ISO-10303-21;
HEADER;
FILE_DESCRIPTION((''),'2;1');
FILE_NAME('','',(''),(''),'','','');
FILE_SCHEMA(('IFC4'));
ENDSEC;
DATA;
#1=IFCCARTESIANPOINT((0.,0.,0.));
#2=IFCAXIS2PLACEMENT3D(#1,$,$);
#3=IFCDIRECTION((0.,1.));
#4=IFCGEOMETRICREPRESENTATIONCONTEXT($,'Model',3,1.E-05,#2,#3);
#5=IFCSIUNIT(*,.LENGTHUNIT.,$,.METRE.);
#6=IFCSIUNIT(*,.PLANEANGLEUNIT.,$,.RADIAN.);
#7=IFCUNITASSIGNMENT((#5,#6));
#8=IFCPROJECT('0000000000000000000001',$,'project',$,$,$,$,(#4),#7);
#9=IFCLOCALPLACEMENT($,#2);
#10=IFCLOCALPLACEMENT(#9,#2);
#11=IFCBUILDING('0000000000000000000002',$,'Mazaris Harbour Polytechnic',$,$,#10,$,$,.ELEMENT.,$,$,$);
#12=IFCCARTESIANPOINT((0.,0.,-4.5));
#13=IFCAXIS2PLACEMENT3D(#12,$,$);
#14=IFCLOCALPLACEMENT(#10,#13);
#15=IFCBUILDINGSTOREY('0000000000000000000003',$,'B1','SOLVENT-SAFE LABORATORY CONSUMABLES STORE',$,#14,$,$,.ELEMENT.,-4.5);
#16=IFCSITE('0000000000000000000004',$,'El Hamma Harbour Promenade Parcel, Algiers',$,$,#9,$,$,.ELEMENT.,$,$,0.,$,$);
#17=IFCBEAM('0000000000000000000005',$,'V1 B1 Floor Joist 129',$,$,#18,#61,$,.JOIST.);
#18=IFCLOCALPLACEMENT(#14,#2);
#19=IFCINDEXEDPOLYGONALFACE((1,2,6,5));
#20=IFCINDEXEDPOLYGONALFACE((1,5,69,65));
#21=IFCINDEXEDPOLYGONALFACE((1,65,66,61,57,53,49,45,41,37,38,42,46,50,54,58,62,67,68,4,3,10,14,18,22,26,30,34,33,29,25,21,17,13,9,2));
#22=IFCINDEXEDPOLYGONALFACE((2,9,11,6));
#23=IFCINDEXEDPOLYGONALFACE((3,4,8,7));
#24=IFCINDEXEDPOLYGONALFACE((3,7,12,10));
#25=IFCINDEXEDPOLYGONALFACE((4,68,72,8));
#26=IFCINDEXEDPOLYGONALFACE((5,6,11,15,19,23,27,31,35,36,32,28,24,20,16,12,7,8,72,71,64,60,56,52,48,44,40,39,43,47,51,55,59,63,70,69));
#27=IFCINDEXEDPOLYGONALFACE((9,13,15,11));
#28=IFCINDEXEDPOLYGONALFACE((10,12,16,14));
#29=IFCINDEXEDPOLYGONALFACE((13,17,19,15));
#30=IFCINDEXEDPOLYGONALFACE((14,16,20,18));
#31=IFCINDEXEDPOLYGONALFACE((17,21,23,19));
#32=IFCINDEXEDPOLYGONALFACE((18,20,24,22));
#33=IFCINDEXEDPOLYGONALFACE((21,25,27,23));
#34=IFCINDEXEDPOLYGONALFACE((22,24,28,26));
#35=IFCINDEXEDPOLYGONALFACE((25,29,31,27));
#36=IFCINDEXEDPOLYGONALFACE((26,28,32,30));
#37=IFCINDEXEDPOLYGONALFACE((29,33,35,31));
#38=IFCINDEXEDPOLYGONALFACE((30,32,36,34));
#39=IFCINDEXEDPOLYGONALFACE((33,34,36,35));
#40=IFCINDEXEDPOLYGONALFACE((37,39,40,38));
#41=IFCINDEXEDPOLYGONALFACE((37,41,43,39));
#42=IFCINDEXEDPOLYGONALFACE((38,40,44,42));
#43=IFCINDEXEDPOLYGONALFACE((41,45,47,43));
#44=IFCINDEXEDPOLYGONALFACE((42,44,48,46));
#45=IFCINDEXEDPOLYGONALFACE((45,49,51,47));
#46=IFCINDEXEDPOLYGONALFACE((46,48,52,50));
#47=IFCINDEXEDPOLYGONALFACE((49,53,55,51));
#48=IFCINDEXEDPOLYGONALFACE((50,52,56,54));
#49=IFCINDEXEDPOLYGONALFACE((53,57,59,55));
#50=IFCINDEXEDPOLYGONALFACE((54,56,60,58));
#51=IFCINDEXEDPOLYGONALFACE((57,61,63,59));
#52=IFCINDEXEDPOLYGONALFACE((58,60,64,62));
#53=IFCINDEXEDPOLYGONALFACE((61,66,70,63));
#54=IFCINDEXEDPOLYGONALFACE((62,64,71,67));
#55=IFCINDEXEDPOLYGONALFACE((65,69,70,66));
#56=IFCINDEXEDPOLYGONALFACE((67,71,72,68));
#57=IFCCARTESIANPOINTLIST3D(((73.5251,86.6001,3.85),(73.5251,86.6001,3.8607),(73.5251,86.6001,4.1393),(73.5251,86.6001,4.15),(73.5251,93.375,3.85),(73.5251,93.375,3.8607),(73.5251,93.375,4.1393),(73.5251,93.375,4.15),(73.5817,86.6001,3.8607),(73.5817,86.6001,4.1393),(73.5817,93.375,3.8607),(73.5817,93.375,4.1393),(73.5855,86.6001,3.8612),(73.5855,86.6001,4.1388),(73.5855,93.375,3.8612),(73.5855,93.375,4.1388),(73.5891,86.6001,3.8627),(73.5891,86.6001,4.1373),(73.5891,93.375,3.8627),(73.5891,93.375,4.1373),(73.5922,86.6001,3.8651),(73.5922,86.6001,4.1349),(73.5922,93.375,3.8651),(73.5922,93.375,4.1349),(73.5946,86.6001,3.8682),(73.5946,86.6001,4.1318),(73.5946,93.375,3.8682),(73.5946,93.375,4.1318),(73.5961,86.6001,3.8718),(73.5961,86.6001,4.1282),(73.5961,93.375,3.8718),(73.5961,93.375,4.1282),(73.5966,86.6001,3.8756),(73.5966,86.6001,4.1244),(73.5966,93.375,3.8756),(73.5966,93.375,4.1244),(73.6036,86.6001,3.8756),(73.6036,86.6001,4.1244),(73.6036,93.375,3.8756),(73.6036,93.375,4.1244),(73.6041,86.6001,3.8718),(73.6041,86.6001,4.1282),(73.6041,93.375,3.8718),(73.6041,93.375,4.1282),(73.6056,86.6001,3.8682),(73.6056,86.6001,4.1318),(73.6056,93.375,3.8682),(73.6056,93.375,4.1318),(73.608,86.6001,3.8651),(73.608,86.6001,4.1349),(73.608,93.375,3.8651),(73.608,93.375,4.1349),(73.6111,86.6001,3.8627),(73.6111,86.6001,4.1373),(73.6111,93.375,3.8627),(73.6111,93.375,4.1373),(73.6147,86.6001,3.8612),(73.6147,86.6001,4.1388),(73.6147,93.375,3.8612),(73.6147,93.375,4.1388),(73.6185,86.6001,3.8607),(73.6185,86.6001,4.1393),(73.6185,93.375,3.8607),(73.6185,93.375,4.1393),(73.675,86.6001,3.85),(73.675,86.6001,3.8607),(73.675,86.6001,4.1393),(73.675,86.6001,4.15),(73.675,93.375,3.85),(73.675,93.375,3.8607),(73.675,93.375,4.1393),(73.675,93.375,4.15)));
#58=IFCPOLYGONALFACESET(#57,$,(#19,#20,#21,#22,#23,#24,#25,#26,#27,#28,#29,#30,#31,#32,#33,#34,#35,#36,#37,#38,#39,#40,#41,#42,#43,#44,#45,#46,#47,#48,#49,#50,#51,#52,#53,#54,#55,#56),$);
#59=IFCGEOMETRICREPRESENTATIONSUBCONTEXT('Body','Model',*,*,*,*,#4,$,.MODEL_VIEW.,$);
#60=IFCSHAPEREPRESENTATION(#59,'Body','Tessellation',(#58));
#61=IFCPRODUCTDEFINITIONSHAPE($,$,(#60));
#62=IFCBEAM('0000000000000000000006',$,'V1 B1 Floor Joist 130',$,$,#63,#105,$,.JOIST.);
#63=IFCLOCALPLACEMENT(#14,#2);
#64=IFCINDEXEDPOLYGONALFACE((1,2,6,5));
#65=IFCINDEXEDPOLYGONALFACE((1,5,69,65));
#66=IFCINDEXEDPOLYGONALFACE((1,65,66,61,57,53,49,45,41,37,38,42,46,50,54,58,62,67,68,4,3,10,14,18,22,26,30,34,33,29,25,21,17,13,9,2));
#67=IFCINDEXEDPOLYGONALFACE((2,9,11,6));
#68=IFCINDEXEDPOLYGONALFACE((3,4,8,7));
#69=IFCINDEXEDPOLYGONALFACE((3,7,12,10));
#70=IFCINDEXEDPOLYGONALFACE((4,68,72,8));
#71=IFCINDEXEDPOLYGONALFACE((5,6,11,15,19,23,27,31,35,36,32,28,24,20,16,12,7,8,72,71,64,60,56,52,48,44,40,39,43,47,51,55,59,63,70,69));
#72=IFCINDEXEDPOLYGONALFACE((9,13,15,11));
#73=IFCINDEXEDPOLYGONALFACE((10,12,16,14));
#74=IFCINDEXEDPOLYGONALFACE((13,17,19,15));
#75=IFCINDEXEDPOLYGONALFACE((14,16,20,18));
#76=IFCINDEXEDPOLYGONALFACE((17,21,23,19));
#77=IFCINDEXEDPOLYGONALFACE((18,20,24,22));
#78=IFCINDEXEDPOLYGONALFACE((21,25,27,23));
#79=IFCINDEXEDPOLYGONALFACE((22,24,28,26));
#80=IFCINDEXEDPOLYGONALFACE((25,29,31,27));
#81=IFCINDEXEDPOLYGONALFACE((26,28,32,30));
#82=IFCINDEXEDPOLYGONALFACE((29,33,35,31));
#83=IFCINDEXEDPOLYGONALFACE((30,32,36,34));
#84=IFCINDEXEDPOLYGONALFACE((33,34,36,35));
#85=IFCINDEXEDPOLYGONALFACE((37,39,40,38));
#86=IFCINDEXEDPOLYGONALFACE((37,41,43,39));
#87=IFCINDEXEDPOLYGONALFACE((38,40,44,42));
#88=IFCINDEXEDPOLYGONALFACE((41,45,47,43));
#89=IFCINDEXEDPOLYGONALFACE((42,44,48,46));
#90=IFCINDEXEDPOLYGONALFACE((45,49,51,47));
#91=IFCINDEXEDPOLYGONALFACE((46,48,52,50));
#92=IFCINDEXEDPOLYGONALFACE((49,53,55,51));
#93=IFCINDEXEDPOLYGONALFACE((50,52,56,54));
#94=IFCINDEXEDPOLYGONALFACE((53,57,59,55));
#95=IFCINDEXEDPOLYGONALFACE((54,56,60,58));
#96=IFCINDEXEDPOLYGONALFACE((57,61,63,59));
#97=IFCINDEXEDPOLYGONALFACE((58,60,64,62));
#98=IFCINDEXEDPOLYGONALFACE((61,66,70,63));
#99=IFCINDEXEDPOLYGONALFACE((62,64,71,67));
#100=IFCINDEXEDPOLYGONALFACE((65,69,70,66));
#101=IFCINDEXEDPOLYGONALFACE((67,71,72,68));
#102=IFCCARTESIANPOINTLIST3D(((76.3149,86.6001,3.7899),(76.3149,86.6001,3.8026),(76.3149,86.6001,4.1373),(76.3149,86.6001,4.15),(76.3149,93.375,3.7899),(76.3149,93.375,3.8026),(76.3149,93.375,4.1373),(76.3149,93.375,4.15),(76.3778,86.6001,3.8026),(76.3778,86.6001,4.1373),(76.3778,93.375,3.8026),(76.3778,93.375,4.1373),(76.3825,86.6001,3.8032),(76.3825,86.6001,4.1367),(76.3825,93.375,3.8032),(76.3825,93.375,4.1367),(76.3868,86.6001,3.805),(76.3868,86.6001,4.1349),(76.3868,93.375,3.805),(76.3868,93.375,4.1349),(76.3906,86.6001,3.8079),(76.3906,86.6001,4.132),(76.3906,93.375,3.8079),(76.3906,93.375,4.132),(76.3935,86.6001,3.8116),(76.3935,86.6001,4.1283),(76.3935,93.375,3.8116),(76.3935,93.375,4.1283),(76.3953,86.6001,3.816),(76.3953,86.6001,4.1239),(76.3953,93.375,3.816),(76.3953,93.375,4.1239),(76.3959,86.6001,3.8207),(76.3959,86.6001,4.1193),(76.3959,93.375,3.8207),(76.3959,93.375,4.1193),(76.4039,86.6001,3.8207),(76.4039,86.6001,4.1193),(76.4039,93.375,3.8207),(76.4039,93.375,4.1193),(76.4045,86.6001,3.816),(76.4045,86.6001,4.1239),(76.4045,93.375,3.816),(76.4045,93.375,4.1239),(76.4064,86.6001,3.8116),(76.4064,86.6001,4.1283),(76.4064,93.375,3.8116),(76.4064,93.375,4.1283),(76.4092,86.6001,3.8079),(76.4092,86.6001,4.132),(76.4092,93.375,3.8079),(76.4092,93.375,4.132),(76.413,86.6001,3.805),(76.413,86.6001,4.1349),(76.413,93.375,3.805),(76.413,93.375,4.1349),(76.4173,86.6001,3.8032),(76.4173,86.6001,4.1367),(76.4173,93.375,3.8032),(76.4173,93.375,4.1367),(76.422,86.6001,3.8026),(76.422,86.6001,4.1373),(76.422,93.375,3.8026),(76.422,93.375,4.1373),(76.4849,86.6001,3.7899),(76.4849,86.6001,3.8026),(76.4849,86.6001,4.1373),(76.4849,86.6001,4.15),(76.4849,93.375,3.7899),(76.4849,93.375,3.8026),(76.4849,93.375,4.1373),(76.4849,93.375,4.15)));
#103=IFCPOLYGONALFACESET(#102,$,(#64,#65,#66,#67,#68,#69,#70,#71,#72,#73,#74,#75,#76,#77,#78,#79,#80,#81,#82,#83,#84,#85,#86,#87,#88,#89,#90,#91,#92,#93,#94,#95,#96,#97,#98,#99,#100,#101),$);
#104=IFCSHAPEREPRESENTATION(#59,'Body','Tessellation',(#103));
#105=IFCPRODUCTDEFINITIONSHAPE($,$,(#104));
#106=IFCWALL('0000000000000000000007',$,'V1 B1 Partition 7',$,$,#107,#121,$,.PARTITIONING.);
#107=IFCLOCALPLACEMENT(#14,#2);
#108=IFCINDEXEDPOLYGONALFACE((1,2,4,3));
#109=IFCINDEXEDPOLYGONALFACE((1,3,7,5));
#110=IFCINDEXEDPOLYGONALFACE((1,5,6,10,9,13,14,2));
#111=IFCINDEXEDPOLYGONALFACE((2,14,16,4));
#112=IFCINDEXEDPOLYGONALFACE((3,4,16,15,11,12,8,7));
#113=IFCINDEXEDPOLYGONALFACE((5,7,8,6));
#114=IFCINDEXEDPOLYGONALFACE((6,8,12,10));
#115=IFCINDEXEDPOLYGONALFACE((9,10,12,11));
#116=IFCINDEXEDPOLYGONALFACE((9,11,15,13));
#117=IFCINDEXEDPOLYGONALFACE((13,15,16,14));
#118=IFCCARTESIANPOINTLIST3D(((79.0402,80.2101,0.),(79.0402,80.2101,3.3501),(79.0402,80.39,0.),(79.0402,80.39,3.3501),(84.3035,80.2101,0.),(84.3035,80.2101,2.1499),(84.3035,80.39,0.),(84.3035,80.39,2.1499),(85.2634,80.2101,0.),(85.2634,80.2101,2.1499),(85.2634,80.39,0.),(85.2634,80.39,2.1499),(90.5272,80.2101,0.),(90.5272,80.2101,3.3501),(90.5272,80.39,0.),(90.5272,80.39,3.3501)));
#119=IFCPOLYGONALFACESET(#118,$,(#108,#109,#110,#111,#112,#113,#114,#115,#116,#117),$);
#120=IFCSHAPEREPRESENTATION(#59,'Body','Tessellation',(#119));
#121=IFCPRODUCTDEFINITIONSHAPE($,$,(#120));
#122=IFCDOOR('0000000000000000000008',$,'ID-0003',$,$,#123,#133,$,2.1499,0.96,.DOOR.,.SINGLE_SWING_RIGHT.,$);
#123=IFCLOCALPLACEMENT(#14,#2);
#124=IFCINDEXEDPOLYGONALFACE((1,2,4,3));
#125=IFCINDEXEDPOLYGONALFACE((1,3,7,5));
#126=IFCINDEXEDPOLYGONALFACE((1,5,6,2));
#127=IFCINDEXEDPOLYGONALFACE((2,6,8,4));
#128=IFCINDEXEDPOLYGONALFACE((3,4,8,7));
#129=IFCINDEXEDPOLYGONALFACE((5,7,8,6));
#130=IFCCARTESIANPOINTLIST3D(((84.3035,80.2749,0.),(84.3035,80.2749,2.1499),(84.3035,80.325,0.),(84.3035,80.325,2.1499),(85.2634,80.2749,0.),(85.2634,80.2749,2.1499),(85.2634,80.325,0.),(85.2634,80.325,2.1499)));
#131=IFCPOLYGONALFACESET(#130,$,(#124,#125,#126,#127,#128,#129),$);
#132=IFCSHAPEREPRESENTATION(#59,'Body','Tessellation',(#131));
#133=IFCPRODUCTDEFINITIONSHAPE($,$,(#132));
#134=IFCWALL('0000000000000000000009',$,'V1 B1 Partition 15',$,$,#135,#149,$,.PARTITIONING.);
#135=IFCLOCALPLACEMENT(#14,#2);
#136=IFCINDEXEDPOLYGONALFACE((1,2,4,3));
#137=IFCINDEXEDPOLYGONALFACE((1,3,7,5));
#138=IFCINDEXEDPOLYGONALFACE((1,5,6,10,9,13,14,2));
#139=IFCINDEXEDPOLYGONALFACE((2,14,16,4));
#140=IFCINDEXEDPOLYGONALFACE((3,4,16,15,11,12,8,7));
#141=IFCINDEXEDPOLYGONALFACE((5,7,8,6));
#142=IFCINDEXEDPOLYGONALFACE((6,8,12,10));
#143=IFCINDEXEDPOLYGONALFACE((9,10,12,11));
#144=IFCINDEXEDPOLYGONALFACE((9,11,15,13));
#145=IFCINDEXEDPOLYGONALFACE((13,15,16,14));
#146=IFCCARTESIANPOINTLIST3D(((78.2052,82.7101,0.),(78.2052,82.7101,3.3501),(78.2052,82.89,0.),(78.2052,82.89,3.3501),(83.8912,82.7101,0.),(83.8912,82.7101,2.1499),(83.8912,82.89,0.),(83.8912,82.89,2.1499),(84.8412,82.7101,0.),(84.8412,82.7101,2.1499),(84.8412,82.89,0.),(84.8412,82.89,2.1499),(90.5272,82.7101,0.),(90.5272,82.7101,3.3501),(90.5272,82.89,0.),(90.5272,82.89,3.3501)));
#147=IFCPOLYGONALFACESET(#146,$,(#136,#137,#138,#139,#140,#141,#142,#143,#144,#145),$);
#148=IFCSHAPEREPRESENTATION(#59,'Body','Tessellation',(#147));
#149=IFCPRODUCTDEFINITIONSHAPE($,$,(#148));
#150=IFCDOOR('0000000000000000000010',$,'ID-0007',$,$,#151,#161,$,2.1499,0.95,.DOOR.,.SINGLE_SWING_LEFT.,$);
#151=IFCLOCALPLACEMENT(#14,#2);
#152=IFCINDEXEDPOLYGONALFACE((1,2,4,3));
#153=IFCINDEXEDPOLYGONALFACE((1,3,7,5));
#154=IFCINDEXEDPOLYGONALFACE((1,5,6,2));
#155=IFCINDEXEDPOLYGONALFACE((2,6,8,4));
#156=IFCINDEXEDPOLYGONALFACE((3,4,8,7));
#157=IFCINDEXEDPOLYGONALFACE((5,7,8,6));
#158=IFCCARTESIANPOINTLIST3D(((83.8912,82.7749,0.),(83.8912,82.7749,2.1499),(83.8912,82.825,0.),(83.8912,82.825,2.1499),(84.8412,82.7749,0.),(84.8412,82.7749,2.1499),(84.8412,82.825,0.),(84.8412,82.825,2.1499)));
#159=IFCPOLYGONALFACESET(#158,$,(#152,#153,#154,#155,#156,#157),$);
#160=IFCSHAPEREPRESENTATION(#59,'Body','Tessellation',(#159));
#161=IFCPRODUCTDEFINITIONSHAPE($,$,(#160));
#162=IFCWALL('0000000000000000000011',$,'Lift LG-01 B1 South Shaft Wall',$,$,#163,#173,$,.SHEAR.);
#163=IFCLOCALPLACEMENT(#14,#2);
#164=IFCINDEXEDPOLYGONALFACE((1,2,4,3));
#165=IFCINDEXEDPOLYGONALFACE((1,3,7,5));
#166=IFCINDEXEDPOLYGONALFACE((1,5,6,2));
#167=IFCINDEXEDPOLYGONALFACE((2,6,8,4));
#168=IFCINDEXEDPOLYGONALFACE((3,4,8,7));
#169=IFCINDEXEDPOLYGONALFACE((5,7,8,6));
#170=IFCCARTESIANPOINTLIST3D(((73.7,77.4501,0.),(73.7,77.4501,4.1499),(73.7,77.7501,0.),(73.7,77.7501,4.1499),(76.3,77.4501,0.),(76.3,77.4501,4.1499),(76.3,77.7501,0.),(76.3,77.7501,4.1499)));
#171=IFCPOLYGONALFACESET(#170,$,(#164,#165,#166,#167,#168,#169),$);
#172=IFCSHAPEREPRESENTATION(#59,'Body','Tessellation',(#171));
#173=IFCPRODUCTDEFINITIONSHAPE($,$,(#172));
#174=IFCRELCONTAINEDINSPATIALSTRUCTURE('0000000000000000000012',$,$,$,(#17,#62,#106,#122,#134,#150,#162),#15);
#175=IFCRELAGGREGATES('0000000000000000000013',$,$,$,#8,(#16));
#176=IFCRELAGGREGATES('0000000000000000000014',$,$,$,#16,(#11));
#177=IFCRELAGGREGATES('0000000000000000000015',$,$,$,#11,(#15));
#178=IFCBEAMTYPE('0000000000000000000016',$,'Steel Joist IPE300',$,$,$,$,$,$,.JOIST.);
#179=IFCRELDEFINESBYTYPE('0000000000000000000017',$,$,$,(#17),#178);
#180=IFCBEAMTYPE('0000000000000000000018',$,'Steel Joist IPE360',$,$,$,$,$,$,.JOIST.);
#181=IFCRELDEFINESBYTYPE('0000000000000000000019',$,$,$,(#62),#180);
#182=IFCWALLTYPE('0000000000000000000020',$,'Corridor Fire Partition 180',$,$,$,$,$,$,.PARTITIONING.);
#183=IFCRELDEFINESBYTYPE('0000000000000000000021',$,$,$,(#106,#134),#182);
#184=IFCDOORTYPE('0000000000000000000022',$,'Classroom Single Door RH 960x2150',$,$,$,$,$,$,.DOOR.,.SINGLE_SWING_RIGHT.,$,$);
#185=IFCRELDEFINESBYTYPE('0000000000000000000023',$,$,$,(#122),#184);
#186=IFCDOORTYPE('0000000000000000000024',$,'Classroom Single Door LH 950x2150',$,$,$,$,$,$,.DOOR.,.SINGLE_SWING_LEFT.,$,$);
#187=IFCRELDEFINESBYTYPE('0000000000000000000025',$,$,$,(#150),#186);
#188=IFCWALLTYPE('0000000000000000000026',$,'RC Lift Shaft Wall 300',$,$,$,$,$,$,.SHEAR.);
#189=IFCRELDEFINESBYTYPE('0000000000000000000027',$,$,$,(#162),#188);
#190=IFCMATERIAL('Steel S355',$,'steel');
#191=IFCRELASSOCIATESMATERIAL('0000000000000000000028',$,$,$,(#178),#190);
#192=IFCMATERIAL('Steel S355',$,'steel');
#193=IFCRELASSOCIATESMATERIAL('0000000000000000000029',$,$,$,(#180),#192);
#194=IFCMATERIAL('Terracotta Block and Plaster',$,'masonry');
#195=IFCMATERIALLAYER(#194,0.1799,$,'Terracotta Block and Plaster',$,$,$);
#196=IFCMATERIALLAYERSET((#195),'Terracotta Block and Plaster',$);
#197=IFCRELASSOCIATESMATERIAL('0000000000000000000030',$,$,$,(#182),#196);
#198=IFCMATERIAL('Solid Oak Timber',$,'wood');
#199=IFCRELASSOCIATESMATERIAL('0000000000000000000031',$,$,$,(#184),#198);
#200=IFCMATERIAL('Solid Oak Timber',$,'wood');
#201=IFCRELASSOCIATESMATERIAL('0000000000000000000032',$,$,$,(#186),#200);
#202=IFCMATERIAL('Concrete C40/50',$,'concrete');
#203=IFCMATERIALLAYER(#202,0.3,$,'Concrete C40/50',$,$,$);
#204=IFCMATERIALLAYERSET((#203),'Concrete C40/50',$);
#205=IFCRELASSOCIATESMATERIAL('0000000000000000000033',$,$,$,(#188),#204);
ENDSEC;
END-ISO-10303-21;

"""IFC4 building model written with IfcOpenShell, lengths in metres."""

from ifc_helpers import new_model, si_unit, direction, frame, frame_2d, origin, origin_2d, place, context, subcontext, project, spatial, rectangle, i_section, extrude, material, layer, layer_set, material_profile, profile_set, type_object, element, fill, save


model = new_model("IFC4")

# Units and contexts
model_context = context("Model", 3, precision=1e-05, world=origin(), true_north=direction((0.0, 1.0)))
body_context = subcontext(model_context, "Body", "Model", "MODEL_VIEW")
ifc_project = project(units=[si_unit("LENGTHUNIT", "METRE"), si_unit("PLANEANGLEUNIT", "RADIAN")], contexts=[model_context])

# Site, building, storey
site_placement = place(None, origin())
site = spatial("IfcSite", under=ifc_project, at=site_placement, Name="El Hamma Harbour Promenade Parcel, Algiers", CompositionType="ELEMENT", RefElevation=0.0)
building_placement = place(site_placement, origin())
building = spatial("IfcBuilding", under=site, at=building_placement, Name="Mazaris Harbour Polytechnic", CompositionType="ELEMENT")
storey_placement = place(building_placement, frame((0.0, 0.0, -4.5)))
storey = spatial("IfcBuildingStorey", under=building, at=storey_placement, Name="B1", Description="SOLVENT-SAFE LABORATORY CONSUMABLES STORE", CompositionType="ELEMENT", Elevation=-4.5)

# Beams
ifc_material_1 = material(Name="Steel S355", Category="steel")
ifc_material_profile_1 = material_profile(ifc_material_1, i_section(OverallWidth=0.1499, OverallDepth=0.3, WebThickness=0.0071, FlangeThickness=0.0107, FilletRadius=0.0149, at=origin_2d()), Name="IPE 300")
ifc_profile_set_1 = profile_set([ifc_material_profile_1], Name="Steel S355")
beam_type_1 = type_object("IfcBeamType", Name="Steel Joist IPE300", PredefinedType="JOIST", material=ifc_profile_set_1)
beam_1_placement = place(storey_placement, frame((73.6001, 86.6001, 4.0), z_axis=(0.0, 1.0, 0.0), x_axis=(-1.0, 0.0, 0.0)))
element("IfcBeam", 1, at=beam_1_placement, inside=storey, type_object=beam_type_1, Name="V1 B1 Floor Joist 129", PredefinedType="JOIST", context=body_context, shape_type="SweptSolid", body=[
    extrude(i_section(OverallWidth=0.1499, OverallDepth=0.3, WebThickness=0.0071, FlangeThickness=0.0107, FilletRadius=0.0149, at=origin_2d()), origin(), (0.0, 0.0, 1.0), 6.7749),
])
ifc_material_2 = material(Name="Steel S355", Category="steel")
ifc_material_profile_2 = material_profile(ifc_material_2, i_section(OverallWidth=0.1699, OverallDepth=0.3601, WebThickness=0.0081, FlangeThickness=0.0127, FilletRadius=0.0181, at=origin_2d()), Name="IPE 360")
ifc_profile_set_2 = profile_set([ifc_material_profile_2], Name="Steel S355")
beam_type_2 = type_object("IfcBeamType", Name="Steel Joist IPE360", PredefinedType="JOIST", material=ifc_profile_set_2)
beam_2_placement = place(storey_placement, frame((76.3999, 86.6001, 3.97), z_axis=(0.0, 1.0, 0.0), x_axis=(-1.0, 0.0, 0.0)))
element("IfcBeam", 2, at=beam_2_placement, inside=storey, type_object=beam_type_2, Name="V1 B1 Floor Joist 130", PredefinedType="JOIST", context=body_context, shape_type="SweptSolid", body=[
    extrude(i_section(OverallWidth=0.1699, OverallDepth=0.3601, WebThickness=0.0081, FlangeThickness=0.0127, FilletRadius=0.0181, at=origin_2d()), origin(), (0.0, 0.0, 1.0), 6.7749),
])

# Walls, openings, doors
ifc_material_3 = material(Name="Terracotta Block and Plaster", Category="masonry")
ifc_layer_1 = layer(ifc_material_3, 0.1799, Name="Terracotta Block and Plaster")
ifc_layer_set_1 = layer_set([ifc_layer_1], Name="Terracotta Block and Plaster")
wall_type_1 = type_object("IfcWallType", Name="Corridor Fire Partition 180", PredefinedType="PARTITIONING", material=ifc_layer_set_1)
wall_1_placement = place(storey_placement, frame((79.04, 80.3, 0.0), z_axis=(0.0, 0.0, 1.0), x_axis=(1.0, 0.0, 0.0)))
wall_1 = element("IfcWall", 3, at=wall_1_placement, inside=storey, type_object=wall_type_1, Name="V1 B1 Partition 7", PredefinedType="PARTITIONING", context=body_context, shape_type="SweptSolid", body=[
    extrude(rectangle(XDim=11.4871, YDim=0.1799, at=frame_2d((5.7437, 0.0))), origin(), (0.0, 0.0, 1.0), 3.3501),
])
opening_1_placement = place(wall_1_placement, frame((5.2634, 0.0, 0.0)))
opening_1 = element("IfcOpeningElement", 4, at=opening_1_placement, cuts=wall_1, PredefinedType="OPENING", context=body_context, shape_type="SweptSolid", body=[
    extrude(rectangle(XDim=0.96, YDim=2.1499, at=frame_2d((0.48, 1.075))), frame((0.0, 0.0999, 0.0), z_axis=(0.0, -1.0, 0.0), x_axis=(1.0, 0.0, 0.0)), (0.0, 0.0, 1.0), 0.2),
])
ifc_material_4 = material(Name="Solid Oak Timber", Category="wood")
door_type_1 = type_object("IfcDoorType", Name="Classroom Single Door RH 960x2150", OperationType="SINGLE_SWING_RIGHT", PredefinedType="DOOR", material=ifc_material_4)
door_1_placement = place(opening_1_placement, origin())
door_1 = element("IfcDoor", 5, at=door_1_placement, inside=storey, type_object=door_type_1, Name="ID-0003", OperationType="SINGLE_SWING_RIGHT", OverallHeight=2.1499, OverallWidth=0.96, PredefinedType="DOOR", context=body_context, shape_type="SweptSolid", body=[
    extrude(rectangle(XDim=0.96, YDim=2.1499, at=frame_2d((0.48, 1.075))), frame((0.0, 0.0249, 0.0), z_axis=(0.0, -1.0, 0.0), x_axis=(1.0, 0.0, 0.0)), (0.0, 0.0, 1.0), 0.05),
])
fill(opening_1, door_1)
wall_2_placement = place(storey_placement, frame((78.2051, 82.8, 0.0), z_axis=(0.0, 0.0, 1.0), x_axis=(1.0, 0.0, 0.0)))
wall_2 = element("IfcWall", 6, at=wall_2_placement, inside=storey, type_object=wall_type_1, Name="V1 B1 Partition 15", PredefinedType="PARTITIONING", context=body_context, shape_type="SweptSolid", body=[
    extrude(rectangle(XDim=12.322, YDim=0.1799, at=frame_2d((6.1611, 0.0))), origin(), (0.0, 0.0, 1.0), 3.3501),
])
opening_2_placement = place(wall_2_placement, frame((5.686, 0.0, 0.0)))
opening_2 = element("IfcOpeningElement", 7, at=opening_2_placement, cuts=wall_2, PredefinedType="OPENING", context=body_context, shape_type="SweptSolid", body=[
    extrude(rectangle(XDim=0.95, YDim=2.1499, at=frame_2d((0.4751, 1.075))), frame((0.0, 0.0999, 0.0), z_axis=(0.0, -1.0, 0.0), x_axis=(1.0, 0.0, 0.0)), (0.0, 0.0, 1.0), 0.2),
])
ifc_material_5 = material(Name="Solid Oak Timber", Category="wood")
door_type_2 = type_object("IfcDoorType", Name="Classroom Single Door LH 950x2150", OperationType="SINGLE_SWING_LEFT", PredefinedType="DOOR", material=ifc_material_5)
door_2_placement = place(opening_2_placement, origin())
door_2 = element("IfcDoor", 8, at=door_2_placement, inside=storey, type_object=door_type_2, Name="ID-0007", OperationType="SINGLE_SWING_LEFT", OverallHeight=2.1499, OverallWidth=0.95, PredefinedType="DOOR", context=body_context, shape_type="SweptSolid", body=[
    extrude(rectangle(XDim=0.95, YDim=2.1499, at=frame_2d((0.4751, 1.075))), frame((0.0, 0.0249, 0.0), z_axis=(0.0, -1.0, 0.0), x_axis=(1.0, 0.0, 0.0)), (0.0, 0.0, 1.0), 0.05),
])
fill(opening_2, door_2)

# Wall
ifc_material_6 = material(Name="Concrete C40/50", Category="concrete")
ifc_layer_2 = layer(ifc_material_6, 0.3, Name="Concrete C40/50")
ifc_layer_set_2 = layer_set([ifc_layer_2], Name="Concrete C40/50")
wall_type_2 = type_object("IfcWallType", Name="RC Lift Shaft Wall 300", PredefinedType="SHEAR", material=ifc_layer_set_2)
wall_3_placement = place(storey_placement, frame((73.7, 77.6001, 0.0), z_axis=(0.0, 0.0, 1.0), x_axis=(1.0, 0.0, 0.0)))
element("IfcWall", 9, at=wall_3_placement, inside=storey, type_object=wall_type_2, Name="Lift LG-01 B1 South Shaft Wall", PredefinedType="SHEAR", context=body_context, shape_type="SweptSolid", body=[
    extrude(rectangle(XDim=2.6001, YDim=0.3, at=frame_2d((1.3, 0.0))), origin(), (0.0, 0.0, 1.0), 4.1499),
])

save(model, "model.ifc")
